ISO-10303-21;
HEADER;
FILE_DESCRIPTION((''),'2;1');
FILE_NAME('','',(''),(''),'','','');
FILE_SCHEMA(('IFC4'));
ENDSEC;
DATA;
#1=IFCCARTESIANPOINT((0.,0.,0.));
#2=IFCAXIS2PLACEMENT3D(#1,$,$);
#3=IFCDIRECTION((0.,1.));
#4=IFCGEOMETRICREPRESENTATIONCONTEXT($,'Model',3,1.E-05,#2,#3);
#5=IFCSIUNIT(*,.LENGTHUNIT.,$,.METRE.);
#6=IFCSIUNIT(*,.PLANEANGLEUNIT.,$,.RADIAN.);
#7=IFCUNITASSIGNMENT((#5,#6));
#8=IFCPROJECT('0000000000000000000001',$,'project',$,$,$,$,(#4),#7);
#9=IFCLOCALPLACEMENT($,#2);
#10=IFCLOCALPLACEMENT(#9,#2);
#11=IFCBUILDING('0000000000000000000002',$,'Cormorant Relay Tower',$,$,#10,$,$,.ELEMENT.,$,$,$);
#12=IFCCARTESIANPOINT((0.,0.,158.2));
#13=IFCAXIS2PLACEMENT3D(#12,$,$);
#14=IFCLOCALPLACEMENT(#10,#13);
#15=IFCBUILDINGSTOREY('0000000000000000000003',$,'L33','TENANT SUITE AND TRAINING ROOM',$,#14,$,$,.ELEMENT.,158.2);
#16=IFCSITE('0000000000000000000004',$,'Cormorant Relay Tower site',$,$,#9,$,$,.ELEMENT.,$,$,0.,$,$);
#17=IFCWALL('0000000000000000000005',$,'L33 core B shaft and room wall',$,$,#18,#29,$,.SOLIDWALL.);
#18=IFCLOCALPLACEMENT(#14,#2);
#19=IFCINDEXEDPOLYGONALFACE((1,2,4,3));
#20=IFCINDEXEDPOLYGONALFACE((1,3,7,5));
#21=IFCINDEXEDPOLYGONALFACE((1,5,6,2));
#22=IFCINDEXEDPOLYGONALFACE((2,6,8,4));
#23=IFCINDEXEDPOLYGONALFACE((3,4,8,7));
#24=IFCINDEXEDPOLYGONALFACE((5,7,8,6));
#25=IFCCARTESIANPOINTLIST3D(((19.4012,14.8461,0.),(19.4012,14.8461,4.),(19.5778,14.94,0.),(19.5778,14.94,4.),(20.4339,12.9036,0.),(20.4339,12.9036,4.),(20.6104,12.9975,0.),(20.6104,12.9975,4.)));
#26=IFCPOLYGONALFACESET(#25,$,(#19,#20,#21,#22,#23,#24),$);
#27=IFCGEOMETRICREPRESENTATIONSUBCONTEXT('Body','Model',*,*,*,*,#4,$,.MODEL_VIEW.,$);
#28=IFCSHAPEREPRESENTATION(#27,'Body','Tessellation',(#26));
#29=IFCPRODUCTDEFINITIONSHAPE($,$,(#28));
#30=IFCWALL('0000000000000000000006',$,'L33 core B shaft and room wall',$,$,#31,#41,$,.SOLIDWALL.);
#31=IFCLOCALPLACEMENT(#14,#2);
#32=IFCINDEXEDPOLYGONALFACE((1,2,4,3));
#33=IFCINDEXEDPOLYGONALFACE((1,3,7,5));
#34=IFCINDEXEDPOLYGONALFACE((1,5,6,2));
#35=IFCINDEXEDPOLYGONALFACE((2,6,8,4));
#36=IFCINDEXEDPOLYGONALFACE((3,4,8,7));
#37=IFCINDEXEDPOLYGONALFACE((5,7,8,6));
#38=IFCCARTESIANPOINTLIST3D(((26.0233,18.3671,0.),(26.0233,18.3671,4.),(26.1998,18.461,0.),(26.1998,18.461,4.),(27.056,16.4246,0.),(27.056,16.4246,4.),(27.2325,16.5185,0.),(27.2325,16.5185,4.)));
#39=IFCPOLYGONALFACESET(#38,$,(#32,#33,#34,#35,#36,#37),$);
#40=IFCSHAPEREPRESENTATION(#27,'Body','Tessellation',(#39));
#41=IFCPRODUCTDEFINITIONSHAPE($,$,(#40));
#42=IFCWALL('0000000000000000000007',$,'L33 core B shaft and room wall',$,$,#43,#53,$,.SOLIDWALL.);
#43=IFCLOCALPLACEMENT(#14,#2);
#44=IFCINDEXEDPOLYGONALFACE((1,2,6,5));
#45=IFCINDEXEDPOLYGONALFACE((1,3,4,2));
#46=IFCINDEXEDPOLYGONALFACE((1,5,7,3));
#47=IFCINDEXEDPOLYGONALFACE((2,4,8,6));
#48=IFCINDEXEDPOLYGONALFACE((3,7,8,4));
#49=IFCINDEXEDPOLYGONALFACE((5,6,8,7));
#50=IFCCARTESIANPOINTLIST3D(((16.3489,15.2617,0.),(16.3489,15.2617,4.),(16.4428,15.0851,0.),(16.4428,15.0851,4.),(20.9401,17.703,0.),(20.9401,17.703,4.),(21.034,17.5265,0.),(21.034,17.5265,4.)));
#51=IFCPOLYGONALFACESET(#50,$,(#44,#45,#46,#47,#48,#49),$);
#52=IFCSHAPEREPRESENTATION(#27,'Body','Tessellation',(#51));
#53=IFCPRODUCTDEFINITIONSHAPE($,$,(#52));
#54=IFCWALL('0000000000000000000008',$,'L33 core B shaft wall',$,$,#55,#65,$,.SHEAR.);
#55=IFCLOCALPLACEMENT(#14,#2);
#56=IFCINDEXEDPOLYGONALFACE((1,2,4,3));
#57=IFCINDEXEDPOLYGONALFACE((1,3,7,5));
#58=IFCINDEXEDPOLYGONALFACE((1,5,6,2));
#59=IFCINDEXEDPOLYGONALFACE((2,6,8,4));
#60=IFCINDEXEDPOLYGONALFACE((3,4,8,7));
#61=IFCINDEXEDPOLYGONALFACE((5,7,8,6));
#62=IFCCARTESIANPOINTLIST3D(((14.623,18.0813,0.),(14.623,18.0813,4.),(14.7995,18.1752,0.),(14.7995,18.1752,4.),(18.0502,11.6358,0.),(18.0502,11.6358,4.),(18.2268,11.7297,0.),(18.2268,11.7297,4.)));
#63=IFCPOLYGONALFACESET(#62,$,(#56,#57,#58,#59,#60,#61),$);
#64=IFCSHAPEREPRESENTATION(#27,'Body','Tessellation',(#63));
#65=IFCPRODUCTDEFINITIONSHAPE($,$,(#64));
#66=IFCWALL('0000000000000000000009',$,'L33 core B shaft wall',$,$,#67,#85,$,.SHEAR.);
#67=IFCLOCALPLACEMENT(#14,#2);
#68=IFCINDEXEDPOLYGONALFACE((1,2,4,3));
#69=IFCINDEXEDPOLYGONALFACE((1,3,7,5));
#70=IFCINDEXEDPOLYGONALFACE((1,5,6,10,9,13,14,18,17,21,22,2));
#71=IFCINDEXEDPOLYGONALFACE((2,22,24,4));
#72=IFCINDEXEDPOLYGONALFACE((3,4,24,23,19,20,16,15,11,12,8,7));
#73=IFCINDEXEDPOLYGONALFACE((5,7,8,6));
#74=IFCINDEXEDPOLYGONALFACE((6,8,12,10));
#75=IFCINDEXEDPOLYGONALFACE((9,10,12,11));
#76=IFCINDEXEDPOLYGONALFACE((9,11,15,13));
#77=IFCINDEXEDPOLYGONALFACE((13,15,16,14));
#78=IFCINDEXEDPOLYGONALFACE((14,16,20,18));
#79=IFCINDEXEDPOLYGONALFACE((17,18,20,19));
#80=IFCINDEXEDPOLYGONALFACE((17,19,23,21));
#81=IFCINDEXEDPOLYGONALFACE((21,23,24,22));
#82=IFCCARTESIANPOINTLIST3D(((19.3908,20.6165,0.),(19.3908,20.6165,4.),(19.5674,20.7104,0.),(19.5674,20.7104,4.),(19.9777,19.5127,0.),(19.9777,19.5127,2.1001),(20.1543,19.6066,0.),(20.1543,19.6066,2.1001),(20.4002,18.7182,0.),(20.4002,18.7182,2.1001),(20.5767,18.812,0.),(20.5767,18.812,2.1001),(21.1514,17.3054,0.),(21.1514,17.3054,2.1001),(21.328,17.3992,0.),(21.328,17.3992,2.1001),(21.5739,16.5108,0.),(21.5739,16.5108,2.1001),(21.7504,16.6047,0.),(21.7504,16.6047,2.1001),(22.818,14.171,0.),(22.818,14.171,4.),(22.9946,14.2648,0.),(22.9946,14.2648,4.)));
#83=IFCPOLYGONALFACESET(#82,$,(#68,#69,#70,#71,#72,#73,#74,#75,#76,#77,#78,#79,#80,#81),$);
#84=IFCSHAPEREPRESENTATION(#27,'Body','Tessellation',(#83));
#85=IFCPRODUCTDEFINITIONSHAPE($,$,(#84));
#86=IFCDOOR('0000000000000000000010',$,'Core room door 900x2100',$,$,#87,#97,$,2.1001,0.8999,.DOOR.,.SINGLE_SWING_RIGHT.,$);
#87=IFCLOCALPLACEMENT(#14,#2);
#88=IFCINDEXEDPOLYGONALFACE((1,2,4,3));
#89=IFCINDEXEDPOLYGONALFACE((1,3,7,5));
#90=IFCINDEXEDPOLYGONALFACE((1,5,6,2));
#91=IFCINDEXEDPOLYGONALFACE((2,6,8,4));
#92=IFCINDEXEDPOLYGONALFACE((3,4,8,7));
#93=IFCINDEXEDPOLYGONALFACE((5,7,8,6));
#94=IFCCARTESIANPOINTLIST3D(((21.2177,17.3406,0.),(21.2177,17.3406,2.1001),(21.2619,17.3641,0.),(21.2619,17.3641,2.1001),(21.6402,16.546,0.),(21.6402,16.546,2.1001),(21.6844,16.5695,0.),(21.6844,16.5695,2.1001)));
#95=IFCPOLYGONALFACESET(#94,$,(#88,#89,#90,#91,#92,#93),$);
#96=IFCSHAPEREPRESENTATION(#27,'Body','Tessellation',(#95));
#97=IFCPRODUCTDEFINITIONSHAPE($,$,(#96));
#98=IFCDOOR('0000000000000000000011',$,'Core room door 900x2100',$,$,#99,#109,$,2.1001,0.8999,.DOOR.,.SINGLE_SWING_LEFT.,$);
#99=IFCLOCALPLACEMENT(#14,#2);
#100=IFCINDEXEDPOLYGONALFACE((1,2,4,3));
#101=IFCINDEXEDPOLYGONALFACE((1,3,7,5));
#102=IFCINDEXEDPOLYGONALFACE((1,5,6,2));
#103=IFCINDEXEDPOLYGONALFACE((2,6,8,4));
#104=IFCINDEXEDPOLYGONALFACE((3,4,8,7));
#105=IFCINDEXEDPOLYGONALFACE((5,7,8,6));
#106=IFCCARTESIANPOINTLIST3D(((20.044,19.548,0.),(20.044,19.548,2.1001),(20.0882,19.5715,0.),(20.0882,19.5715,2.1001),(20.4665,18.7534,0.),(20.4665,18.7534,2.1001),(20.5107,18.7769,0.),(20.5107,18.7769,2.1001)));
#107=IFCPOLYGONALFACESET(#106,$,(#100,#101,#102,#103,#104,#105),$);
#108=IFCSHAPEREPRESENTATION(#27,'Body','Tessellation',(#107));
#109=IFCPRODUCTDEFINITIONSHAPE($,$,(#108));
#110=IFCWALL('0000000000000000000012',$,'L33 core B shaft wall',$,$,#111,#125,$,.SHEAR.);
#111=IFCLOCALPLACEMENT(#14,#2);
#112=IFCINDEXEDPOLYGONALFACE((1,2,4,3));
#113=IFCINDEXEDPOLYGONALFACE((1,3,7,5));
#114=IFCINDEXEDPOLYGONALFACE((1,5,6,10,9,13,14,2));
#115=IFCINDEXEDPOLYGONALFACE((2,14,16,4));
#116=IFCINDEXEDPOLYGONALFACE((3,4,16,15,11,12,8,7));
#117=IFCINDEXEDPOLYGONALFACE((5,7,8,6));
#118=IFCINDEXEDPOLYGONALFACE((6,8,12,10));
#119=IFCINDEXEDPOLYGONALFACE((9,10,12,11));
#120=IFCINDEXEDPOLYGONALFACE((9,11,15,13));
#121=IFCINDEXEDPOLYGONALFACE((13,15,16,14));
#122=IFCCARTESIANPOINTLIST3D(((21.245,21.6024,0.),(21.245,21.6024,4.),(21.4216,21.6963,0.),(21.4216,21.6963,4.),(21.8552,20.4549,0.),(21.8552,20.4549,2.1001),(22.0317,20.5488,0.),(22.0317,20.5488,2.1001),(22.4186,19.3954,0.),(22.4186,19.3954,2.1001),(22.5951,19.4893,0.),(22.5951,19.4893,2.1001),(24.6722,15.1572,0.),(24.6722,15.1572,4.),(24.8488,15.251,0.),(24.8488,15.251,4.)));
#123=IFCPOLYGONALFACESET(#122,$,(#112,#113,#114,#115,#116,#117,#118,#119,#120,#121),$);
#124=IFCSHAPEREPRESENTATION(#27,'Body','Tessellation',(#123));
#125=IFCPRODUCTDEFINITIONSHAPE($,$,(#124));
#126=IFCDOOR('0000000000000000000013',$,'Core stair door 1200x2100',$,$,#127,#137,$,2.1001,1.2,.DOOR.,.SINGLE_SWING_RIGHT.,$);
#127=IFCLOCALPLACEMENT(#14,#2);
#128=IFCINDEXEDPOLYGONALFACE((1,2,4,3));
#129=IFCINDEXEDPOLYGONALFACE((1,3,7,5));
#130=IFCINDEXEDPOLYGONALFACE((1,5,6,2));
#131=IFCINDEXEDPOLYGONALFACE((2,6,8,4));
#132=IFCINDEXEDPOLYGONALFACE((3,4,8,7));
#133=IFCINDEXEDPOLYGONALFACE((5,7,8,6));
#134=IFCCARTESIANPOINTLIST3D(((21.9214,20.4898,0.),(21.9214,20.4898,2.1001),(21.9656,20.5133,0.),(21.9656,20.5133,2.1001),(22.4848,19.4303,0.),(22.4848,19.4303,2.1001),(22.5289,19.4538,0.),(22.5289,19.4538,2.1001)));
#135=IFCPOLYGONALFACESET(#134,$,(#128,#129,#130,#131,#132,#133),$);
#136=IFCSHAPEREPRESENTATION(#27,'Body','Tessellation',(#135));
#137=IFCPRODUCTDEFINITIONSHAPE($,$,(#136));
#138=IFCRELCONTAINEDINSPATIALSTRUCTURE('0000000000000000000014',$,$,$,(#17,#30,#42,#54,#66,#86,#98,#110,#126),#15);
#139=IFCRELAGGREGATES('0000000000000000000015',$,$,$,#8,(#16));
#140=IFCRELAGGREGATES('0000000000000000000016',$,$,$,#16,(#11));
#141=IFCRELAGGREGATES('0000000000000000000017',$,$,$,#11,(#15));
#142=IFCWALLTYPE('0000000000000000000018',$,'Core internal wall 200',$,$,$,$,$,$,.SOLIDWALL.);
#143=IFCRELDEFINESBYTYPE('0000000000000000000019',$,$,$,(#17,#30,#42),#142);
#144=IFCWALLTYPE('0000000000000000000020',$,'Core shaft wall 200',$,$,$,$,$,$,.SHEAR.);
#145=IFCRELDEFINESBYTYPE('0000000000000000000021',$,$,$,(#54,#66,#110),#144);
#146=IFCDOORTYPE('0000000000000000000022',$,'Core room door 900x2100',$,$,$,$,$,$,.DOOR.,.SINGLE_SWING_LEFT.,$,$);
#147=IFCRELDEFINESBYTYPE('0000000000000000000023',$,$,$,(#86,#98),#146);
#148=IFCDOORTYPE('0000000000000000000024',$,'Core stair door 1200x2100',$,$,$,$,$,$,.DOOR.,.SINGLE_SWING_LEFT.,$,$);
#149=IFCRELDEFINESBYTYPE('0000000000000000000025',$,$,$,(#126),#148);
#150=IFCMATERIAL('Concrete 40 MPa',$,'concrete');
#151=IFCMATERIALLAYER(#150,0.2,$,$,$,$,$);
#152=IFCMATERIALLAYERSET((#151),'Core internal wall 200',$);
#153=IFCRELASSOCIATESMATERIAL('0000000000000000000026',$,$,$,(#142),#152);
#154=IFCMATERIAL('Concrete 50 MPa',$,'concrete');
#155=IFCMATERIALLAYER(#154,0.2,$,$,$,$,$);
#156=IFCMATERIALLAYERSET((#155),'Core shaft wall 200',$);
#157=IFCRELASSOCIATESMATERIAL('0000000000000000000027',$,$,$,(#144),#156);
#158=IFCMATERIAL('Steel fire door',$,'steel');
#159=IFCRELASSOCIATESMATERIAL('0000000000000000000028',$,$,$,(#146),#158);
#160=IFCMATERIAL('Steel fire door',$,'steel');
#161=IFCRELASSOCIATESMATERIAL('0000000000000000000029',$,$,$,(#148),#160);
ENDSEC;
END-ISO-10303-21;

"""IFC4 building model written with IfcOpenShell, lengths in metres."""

from ifc_helpers import new_model, si_unit, direction, frame, frame_2d, origin, place, context, subcontext, project, spatial, rectangle, extrude, material, layer, layer_set, type_object, element, fill, save


model = new_model("IFC4")

# Units and contexts
model_context = context("Model", 3, precision=1e-05, world=origin(), true_north=direction((0.0, 1.0)))
body_context = subcontext(model_context, "Body", "Model", "MODEL_VIEW")
ifc_project = project(units=[si_unit("LENGTHUNIT", "METRE"), si_unit("PLANEANGLEUNIT", "RADIAN")], contexts=[model_context])

# Site, building, storey
site_placement = place(None, origin())
site = spatial("IfcSite", under=ifc_project, at=site_placement, Name="Cormorant Relay Tower site", CompositionType="ELEMENT", RefElevation=0.0)
building_placement = place(site_placement, origin())
building = spatial("IfcBuilding", under=site, at=building_placement, Name="Cormorant Relay Tower", CompositionType="ELEMENT")
storey_placement = place(building_placement, frame((0.0, 0.0, 158.2)))
storey = spatial("IfcBuildingStorey", under=building, at=storey_placement, Name="L33", Description="TENANT SUITE AND TRAINING ROOM", CompositionType="ELEMENT", Elevation=158.2)

# Walls
ifc_material_1 = material(Name="Concrete 40 MPa", Category="concrete")
ifc_layer_1 = layer(ifc_material_1, 0.2)
ifc_layer_set_1 = layer_set([ifc_layer_1], Name="Core internal wall 200")
wall_type_1 = type_object("IfcWallType", Name="Core internal wall 200", PredefinedType="SOLIDWALL", material=ifc_layer_set_1)
for number, where, z_axis, x_axis, name in (
    (1, (20.5222, 12.9504, 0.0), (0.0, 0.0, 1.0), (-0.469401, 0.882985, 0.0), "L33 core B shaft and room wall"),
    (2, (27.1443, 16.4714, 0.0), (0.0, 0.0, 1.0), (-0.469401, 0.882985, 0.0), "L33 core B shaft and room wall"),
):
    element("IfcWall", number, at=place(storey_placement, frame(where, z_axis=z_axis, x_axis=x_axis)), inside=storey, type_object=wall_type_1, Name=name, PredefinedType="SOLIDWALL", context=body_context, shape_type="SweptSolid", body=[
        extrude(rectangle(XDim=2.2, YDim=0.2, at=frame_2d((1.1001, 0.0))), origin(), (0.0, 0.0, 1.0), 4.0),
    ])
wall_1_placement = place(storey_placement, frame((16.3958, 15.1733, 0.0), z_axis=(0.0, 0.0, 1.0), x_axis=(0.882935, 0.469496, 0.0)))
element("IfcWall", 3, at=wall_1_placement, inside=storey, type_object=wall_type_1, Name="L33 core B shaft and room wall", PredefinedType="SOLIDWALL", context=body_context, shape_type="SweptSolid", body=[
    extrude(rectangle(XDim=5.2, YDim=0.2, at=frame_2d((2.6001, 0.0))), origin(), (0.0, 0.0, 1.0), 4.0),
])
ifc_material_2 = material(Name="Concrete 50 MPa", Category="concrete")
ifc_layer_2 = layer(ifc_material_2, 0.2)
ifc_layer_set_2 = layer_set([ifc_layer_2], Name="Core shaft wall 200")
wall_type_2 = type_object("IfcWallType", Name="Core shaft wall 200", PredefinedType="SHEAR", material=ifc_layer_set_2)
wall_2_placement = place(storey_placement, frame((18.1384, 11.6829, 0.0), z_axis=(0.0, 0.0, 1.0), x_axis=(-0.46948, 0.882943, 0.0)))
element("IfcWall", 4, at=wall_2_placement, inside=storey, type_object=wall_type_2, Name="L33 core B shaft wall", PredefinedType="SHEAR", context=body_context, shape_type="SweptSolid", body=[
    extrude(rectangle(XDim=7.3, YDim=0.2, at=frame_2d((3.6499, 0.0))), origin(), (0.0, 0.0, 1.0), 4.0),
])

# Wall, openings, doors
wall_3_placement = place(storey_placement, frame((22.9062, 14.218, 0.0), z_axis=(0.0, 0.0, 1.0), x_axis=(-0.46948, 0.882943, 0.0)))
wall_3 = element("IfcWall", 5, at=wall_3_placement, inside=storey, type_object=wall_type_2, Name="L33 core B shaft wall", PredefinedType="SHEAR", context=body_context, shape_type="SweptSolid", body=[
    extrude(rectangle(XDim=7.3, YDim=0.2, at=frame_2d((3.6499, 0.0))), origin(), (0.0, 0.0, 1.0), 4.0),
])
opening_1_placement = place(wall_3_placement, frame((2.6499, 0.0, 0.0)))
opening_1 = element("IfcOpeningElement", 6, at=opening_1_placement, cuts=wall_3, PredefinedType="OPENING", context=body_context, shape_type="SweptSolid", body=[
    extrude(rectangle(XDim=0.8999, YDim=2.1001, at=frame_2d((0.45, 1.05))), frame((0.0, 0.1099, 0.0), z_axis=(0.0, -1.0, 0.0), x_axis=(1.0, 0.0, 0.0)), (0.0, 0.0, 1.0), 0.22),
])
opening_2_placement = place(wall_3_placement, frame((5.1499, 0.0, 0.0)))
opening_2 = element("IfcOpeningElement", 7, at=opening_2_placement, cuts=wall_3, PredefinedType="OPENING", context=body_context, shape_type="SweptSolid", body=[
    extrude(rectangle(XDim=0.8999, YDim=2.1001, at=frame_2d((0.45, 1.05))), frame((0.0, 0.1099, 0.0), z_axis=(0.0, -1.0, 0.0), x_axis=(1.0, 0.0, 0.0)), (0.0, 0.0, 1.0), 0.22),
])
ifc_material_3 = material(Name="Steel fire door", Category="steel")
door_type_1 = type_object("IfcDoorType", Name="Core room door 900x2100", OperationType="SINGLE_SWING_LEFT", PredefinedType="DOOR", material=ifc_material_3)
door_1_placement = place(opening_1_placement, origin())
door_1 = element("IfcDoor", 8, at=door_1_placement, inside=storey, type_object=door_type_1, Name="Core room door 900x2100", OperationType="SINGLE_SWING_RIGHT", OverallHeight=2.1001, OverallWidth=0.8999, PredefinedType="DOOR", context=body_context, shape_type="SweptSolid", body=[
    extrude(rectangle(XDim=0.8999, YDim=2.1001, at=frame_2d((0.45, 1.05))), frame((0.0, 0.0249, 0.0), z_axis=(0.0, -1.0, 0.0), x_axis=(1.0, 0.0, 0.0)), (0.0, 0.0, 1.0), 0.05),
])
fill(opening_1, door_1)
door_2_placement = place(opening_2_placement, origin())
door_2 = element("IfcDoor", 9, at=door_2_placement, inside=storey, type_object=door_type_1, Name="Core room door 900x2100", OperationType="SINGLE_SWING_LEFT", OverallHeight=2.1001, OverallWidth=0.8999, PredefinedType="DOOR", context=body_context, shape_type="SweptSolid", body=[
    extrude(rectangle(XDim=0.8999, YDim=2.1001, at=frame_2d((0.45, 1.05))), frame((0.0, 0.0249, 0.0), z_axis=(0.0, -1.0, 0.0), x_axis=(1.0, 0.0, 0.0)), (0.0, 0.0, 1.0), 0.05),
])
fill(opening_2, door_2)

# Wall, opening, door
wall_4_placement = place(storey_placement, frame((24.7605, 15.2041, 0.0), z_axis=(0.0, 0.0, 1.0), x_axis=(-0.469494, 0.882936, 0.0)))
wall_4 = element("IfcWall", 10, at=wall_4_placement, inside=storey, type_object=wall_type_2, Name="L33 core B shaft wall", PredefinedType="SHEAR", context=body_context, shape_type="SweptSolid", body=[
    extrude(rectangle(XDim=7.2998, YDim=0.2, at=frame_2d((3.6499, 0.0))), origin(), (0.0, 0.0, 1.0), 4.0),
])
opening_3_placement = place(wall_4_placement, frame((4.8, 0.0, 0.0)))
opening_3 = element("IfcOpeningElement", 11, at=opening_3_placement, cuts=wall_4, PredefinedType="OPENING", context=body_context, shape_type="SweptSolid", body=[
    extrude(rectangle(XDim=1.2, YDim=2.1001, at=frame_2d((0.6001, 1.05))), frame((0.0, 0.1099, 0.0), z_axis=(0.0, -1.0, 0.0), x_axis=(1.0, 0.0, 0.0)), (0.0, 0.0, 1.0), 0.22),
])
ifc_material_4 = material(Name="Steel fire door", Category="steel")
door_type_2 = type_object("IfcDoorType", Name="Core stair door 1200x2100", OperationType="SINGLE_SWING_LEFT", PredefinedType="DOOR", material=ifc_material_4)
door_3_placement = place(opening_3_placement, frame((1.2, 0.0, 0.0), z_axis=(0.0, 0.0, 1.0), x_axis=(-1.0, 0.0, 0.0)))
door_3 = element("IfcDoor", 12, at=door_3_placement, inside=storey, type_object=door_type_2, Name="Core stair door 1200x2100", OperationType="SINGLE_SWING_RIGHT", OverallHeight=2.1001, OverallWidth=1.2, PredefinedType="DOOR", context=body_context, shape_type="SweptSolid", body=[
    extrude(rectangle(XDim=1.2, YDim=2.1001, at=frame_2d((0.6001, 1.05))), frame((0.0, 0.0249, 0.0), z_axis=(0.0, -1.0, 0.0), x_axis=(1.0, 0.0, 0.0)), (0.0, 0.0, 1.0), 0.05),
])
fill(opening_3, door_3)

save(model, "model.ifc")
